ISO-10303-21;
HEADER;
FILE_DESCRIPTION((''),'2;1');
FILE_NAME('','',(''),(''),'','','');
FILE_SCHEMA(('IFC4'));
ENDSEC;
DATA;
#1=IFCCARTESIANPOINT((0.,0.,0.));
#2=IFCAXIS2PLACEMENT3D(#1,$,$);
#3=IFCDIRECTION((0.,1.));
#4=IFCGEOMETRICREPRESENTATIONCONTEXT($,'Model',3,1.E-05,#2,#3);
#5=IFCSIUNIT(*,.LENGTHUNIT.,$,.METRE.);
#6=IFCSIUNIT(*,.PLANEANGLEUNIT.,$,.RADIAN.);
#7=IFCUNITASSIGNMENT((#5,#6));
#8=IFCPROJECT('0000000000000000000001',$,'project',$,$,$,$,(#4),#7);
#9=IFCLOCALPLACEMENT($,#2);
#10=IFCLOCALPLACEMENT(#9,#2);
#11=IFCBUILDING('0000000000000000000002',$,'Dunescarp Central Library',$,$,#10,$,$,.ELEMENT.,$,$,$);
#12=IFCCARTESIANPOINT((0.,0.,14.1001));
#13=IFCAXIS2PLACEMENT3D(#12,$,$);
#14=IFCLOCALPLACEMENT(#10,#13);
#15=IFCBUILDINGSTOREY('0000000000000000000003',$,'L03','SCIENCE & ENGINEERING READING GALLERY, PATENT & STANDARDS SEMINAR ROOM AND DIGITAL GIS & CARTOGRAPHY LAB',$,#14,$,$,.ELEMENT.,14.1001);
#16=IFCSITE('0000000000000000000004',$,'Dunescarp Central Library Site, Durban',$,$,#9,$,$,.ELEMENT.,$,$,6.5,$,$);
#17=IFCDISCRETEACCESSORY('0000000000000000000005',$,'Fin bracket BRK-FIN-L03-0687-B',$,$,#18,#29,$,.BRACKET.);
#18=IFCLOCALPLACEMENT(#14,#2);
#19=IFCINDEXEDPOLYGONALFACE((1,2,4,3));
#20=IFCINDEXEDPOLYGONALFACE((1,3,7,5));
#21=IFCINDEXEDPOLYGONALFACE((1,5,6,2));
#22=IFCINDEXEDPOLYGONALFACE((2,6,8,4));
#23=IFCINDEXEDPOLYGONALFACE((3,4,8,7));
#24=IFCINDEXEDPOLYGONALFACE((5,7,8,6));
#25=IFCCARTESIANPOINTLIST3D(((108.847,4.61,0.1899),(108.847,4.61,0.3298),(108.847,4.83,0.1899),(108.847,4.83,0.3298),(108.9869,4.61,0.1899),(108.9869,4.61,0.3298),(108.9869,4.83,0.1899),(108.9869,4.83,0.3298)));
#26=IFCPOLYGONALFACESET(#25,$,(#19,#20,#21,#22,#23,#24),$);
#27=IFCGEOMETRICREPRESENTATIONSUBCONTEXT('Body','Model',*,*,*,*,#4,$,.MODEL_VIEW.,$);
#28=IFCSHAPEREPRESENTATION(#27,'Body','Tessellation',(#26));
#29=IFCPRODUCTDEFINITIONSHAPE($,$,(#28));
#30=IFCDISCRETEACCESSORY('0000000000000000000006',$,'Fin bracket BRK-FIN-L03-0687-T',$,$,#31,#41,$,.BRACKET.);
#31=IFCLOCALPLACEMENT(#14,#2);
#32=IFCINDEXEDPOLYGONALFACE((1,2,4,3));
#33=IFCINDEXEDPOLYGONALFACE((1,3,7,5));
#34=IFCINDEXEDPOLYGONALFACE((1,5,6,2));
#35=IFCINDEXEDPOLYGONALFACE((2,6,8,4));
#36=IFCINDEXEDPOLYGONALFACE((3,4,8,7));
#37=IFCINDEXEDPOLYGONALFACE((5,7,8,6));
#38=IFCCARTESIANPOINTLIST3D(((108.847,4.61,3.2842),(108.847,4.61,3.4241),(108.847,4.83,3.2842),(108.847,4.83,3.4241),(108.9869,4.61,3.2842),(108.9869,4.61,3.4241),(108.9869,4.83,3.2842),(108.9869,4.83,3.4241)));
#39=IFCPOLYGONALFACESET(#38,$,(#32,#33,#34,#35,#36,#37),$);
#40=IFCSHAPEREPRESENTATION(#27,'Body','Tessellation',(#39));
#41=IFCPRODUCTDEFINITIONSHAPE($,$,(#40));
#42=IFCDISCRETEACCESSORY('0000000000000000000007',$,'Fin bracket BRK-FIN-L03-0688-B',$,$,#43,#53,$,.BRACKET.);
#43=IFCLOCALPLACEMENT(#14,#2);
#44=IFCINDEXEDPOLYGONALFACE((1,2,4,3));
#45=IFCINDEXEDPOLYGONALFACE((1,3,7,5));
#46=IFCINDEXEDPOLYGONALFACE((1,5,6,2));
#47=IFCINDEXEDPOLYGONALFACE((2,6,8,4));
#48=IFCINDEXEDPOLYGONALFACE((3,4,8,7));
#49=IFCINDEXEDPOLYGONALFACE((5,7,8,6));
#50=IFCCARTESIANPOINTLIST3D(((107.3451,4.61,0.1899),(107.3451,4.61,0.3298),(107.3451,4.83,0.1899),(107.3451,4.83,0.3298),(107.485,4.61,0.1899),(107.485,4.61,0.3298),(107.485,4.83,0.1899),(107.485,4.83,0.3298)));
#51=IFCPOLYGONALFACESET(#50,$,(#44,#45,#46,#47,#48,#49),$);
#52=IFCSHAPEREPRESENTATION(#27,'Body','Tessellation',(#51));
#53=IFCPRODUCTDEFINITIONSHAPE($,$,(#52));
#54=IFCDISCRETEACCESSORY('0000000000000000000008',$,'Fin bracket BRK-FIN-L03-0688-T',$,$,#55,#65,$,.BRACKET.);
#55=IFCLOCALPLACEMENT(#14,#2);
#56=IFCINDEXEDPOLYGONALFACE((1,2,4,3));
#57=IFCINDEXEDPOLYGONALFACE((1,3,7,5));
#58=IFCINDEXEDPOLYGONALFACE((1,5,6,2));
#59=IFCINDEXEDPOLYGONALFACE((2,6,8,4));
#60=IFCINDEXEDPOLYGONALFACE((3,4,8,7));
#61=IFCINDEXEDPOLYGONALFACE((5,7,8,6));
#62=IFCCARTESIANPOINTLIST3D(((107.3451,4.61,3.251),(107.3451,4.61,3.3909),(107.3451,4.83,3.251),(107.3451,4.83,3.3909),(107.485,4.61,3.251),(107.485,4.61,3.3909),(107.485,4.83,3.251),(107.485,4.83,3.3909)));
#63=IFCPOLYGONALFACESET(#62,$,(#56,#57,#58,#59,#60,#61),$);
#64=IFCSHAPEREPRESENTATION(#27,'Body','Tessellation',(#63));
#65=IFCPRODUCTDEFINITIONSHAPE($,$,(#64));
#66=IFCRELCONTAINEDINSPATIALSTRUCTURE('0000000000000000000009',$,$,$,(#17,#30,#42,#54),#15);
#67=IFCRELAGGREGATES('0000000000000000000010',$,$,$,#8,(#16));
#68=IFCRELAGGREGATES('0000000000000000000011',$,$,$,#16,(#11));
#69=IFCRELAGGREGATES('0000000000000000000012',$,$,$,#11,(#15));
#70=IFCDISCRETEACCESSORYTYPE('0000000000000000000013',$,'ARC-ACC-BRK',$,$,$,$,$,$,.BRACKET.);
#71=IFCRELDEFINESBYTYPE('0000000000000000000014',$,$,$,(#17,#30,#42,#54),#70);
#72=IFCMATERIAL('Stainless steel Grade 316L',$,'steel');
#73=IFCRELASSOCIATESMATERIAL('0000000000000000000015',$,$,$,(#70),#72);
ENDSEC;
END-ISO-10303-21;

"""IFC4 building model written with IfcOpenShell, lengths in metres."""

from ifc_helpers import new_model, si_unit, direction, frame, origin, origin_2d, place, context, subcontext, project, spatial, rectangle, extrude, material, type_object, element, save


model = new_model("IFC4")

# Units and contexts
model_context = context("Model", 3, precision=1e-05, world=origin(), true_north=direction((0.0, 1.0)))
body_context = subcontext(model_context, "Body", "Model", "MODEL_VIEW")
ifc_project = project(units=[si_unit("LENGTHUNIT", "METRE"), si_unit("PLANEANGLEUNIT", "RADIAN")], contexts=[model_context])

# Site, building, storey
site_placement = place(None, origin())
site = spatial("IfcSite", under=ifc_project, at=site_placement, Name="Dunescarp Central Library Site, Durban", CompositionType="ELEMENT", RefElevation=6.5)
building_placement = place(site_placement, origin())
building = spatial("IfcBuilding", under=site, at=building_placement, Name="Dunescarp Central Library", CompositionType="ELEMENT")
storey_placement = place(building_placement, frame((0.0, 0.0, 14.1001)))
storey = spatial("IfcBuildingStorey", under=building, at=storey_placement, Name="L03", Description="SCIENCE & ENGINEERING READING GALLERY, PATENT & STANDARDS SEMINAR ROOM AND DIGITAL GIS & CARTOGRAPHY LAB", CompositionType="ELEMENT", Elevation=14.1001)

# Discrete accessories
ifc_material_1 = material(Name="Stainless steel Grade 316L", Category="steel")
discrete_accessory_type = type_object("IfcDiscreteAccessoryType", Name="ARC-ACC-BRK", PredefinedType="BRACKET", material=ifc_material_1)
for number, where, z_axis, x_axis, name in (
    (1, (108.917, 4.72, 0.1899), (0.0, 0.0, 1.0), (0.0, -1.0, 0.0), "Fin bracket BRK-FIN-L03-0687-B"),
    (2, (108.917, 4.72, 3.2842), (0.0, 0.0, 1.0), (0.0, -1.0, 0.0), "Fin bracket BRK-FIN-L03-0687-T"),
    (3, (107.415, 4.72, 0.1899), (0.0, 0.0, 1.0), (0.0, -1.0, 0.0), "Fin bracket BRK-FIN-L03-0688-B"),
    (4, (107.415, 4.72, 3.251), (0.0, 0.0, 1.0), (0.0, -1.0, 0.0), "Fin bracket BRK-FIN-L03-0688-T"),
):
    element("IfcDiscreteAccessory", number, at=place(storey_placement, frame(where, z_axis=z_axis, x_axis=x_axis)), inside=storey, type_object=discrete_accessory_type, Name=name, PredefinedType="BRACKET", context=body_context, shape_type="SweptSolid", body=[
        extrude(rectangle(XDim=0.22, YDim=0.1399, at=origin_2d()), origin(), (0.0, 0.0, 1.0), 0.1399),
    ])

save(model, "model.ifc")
